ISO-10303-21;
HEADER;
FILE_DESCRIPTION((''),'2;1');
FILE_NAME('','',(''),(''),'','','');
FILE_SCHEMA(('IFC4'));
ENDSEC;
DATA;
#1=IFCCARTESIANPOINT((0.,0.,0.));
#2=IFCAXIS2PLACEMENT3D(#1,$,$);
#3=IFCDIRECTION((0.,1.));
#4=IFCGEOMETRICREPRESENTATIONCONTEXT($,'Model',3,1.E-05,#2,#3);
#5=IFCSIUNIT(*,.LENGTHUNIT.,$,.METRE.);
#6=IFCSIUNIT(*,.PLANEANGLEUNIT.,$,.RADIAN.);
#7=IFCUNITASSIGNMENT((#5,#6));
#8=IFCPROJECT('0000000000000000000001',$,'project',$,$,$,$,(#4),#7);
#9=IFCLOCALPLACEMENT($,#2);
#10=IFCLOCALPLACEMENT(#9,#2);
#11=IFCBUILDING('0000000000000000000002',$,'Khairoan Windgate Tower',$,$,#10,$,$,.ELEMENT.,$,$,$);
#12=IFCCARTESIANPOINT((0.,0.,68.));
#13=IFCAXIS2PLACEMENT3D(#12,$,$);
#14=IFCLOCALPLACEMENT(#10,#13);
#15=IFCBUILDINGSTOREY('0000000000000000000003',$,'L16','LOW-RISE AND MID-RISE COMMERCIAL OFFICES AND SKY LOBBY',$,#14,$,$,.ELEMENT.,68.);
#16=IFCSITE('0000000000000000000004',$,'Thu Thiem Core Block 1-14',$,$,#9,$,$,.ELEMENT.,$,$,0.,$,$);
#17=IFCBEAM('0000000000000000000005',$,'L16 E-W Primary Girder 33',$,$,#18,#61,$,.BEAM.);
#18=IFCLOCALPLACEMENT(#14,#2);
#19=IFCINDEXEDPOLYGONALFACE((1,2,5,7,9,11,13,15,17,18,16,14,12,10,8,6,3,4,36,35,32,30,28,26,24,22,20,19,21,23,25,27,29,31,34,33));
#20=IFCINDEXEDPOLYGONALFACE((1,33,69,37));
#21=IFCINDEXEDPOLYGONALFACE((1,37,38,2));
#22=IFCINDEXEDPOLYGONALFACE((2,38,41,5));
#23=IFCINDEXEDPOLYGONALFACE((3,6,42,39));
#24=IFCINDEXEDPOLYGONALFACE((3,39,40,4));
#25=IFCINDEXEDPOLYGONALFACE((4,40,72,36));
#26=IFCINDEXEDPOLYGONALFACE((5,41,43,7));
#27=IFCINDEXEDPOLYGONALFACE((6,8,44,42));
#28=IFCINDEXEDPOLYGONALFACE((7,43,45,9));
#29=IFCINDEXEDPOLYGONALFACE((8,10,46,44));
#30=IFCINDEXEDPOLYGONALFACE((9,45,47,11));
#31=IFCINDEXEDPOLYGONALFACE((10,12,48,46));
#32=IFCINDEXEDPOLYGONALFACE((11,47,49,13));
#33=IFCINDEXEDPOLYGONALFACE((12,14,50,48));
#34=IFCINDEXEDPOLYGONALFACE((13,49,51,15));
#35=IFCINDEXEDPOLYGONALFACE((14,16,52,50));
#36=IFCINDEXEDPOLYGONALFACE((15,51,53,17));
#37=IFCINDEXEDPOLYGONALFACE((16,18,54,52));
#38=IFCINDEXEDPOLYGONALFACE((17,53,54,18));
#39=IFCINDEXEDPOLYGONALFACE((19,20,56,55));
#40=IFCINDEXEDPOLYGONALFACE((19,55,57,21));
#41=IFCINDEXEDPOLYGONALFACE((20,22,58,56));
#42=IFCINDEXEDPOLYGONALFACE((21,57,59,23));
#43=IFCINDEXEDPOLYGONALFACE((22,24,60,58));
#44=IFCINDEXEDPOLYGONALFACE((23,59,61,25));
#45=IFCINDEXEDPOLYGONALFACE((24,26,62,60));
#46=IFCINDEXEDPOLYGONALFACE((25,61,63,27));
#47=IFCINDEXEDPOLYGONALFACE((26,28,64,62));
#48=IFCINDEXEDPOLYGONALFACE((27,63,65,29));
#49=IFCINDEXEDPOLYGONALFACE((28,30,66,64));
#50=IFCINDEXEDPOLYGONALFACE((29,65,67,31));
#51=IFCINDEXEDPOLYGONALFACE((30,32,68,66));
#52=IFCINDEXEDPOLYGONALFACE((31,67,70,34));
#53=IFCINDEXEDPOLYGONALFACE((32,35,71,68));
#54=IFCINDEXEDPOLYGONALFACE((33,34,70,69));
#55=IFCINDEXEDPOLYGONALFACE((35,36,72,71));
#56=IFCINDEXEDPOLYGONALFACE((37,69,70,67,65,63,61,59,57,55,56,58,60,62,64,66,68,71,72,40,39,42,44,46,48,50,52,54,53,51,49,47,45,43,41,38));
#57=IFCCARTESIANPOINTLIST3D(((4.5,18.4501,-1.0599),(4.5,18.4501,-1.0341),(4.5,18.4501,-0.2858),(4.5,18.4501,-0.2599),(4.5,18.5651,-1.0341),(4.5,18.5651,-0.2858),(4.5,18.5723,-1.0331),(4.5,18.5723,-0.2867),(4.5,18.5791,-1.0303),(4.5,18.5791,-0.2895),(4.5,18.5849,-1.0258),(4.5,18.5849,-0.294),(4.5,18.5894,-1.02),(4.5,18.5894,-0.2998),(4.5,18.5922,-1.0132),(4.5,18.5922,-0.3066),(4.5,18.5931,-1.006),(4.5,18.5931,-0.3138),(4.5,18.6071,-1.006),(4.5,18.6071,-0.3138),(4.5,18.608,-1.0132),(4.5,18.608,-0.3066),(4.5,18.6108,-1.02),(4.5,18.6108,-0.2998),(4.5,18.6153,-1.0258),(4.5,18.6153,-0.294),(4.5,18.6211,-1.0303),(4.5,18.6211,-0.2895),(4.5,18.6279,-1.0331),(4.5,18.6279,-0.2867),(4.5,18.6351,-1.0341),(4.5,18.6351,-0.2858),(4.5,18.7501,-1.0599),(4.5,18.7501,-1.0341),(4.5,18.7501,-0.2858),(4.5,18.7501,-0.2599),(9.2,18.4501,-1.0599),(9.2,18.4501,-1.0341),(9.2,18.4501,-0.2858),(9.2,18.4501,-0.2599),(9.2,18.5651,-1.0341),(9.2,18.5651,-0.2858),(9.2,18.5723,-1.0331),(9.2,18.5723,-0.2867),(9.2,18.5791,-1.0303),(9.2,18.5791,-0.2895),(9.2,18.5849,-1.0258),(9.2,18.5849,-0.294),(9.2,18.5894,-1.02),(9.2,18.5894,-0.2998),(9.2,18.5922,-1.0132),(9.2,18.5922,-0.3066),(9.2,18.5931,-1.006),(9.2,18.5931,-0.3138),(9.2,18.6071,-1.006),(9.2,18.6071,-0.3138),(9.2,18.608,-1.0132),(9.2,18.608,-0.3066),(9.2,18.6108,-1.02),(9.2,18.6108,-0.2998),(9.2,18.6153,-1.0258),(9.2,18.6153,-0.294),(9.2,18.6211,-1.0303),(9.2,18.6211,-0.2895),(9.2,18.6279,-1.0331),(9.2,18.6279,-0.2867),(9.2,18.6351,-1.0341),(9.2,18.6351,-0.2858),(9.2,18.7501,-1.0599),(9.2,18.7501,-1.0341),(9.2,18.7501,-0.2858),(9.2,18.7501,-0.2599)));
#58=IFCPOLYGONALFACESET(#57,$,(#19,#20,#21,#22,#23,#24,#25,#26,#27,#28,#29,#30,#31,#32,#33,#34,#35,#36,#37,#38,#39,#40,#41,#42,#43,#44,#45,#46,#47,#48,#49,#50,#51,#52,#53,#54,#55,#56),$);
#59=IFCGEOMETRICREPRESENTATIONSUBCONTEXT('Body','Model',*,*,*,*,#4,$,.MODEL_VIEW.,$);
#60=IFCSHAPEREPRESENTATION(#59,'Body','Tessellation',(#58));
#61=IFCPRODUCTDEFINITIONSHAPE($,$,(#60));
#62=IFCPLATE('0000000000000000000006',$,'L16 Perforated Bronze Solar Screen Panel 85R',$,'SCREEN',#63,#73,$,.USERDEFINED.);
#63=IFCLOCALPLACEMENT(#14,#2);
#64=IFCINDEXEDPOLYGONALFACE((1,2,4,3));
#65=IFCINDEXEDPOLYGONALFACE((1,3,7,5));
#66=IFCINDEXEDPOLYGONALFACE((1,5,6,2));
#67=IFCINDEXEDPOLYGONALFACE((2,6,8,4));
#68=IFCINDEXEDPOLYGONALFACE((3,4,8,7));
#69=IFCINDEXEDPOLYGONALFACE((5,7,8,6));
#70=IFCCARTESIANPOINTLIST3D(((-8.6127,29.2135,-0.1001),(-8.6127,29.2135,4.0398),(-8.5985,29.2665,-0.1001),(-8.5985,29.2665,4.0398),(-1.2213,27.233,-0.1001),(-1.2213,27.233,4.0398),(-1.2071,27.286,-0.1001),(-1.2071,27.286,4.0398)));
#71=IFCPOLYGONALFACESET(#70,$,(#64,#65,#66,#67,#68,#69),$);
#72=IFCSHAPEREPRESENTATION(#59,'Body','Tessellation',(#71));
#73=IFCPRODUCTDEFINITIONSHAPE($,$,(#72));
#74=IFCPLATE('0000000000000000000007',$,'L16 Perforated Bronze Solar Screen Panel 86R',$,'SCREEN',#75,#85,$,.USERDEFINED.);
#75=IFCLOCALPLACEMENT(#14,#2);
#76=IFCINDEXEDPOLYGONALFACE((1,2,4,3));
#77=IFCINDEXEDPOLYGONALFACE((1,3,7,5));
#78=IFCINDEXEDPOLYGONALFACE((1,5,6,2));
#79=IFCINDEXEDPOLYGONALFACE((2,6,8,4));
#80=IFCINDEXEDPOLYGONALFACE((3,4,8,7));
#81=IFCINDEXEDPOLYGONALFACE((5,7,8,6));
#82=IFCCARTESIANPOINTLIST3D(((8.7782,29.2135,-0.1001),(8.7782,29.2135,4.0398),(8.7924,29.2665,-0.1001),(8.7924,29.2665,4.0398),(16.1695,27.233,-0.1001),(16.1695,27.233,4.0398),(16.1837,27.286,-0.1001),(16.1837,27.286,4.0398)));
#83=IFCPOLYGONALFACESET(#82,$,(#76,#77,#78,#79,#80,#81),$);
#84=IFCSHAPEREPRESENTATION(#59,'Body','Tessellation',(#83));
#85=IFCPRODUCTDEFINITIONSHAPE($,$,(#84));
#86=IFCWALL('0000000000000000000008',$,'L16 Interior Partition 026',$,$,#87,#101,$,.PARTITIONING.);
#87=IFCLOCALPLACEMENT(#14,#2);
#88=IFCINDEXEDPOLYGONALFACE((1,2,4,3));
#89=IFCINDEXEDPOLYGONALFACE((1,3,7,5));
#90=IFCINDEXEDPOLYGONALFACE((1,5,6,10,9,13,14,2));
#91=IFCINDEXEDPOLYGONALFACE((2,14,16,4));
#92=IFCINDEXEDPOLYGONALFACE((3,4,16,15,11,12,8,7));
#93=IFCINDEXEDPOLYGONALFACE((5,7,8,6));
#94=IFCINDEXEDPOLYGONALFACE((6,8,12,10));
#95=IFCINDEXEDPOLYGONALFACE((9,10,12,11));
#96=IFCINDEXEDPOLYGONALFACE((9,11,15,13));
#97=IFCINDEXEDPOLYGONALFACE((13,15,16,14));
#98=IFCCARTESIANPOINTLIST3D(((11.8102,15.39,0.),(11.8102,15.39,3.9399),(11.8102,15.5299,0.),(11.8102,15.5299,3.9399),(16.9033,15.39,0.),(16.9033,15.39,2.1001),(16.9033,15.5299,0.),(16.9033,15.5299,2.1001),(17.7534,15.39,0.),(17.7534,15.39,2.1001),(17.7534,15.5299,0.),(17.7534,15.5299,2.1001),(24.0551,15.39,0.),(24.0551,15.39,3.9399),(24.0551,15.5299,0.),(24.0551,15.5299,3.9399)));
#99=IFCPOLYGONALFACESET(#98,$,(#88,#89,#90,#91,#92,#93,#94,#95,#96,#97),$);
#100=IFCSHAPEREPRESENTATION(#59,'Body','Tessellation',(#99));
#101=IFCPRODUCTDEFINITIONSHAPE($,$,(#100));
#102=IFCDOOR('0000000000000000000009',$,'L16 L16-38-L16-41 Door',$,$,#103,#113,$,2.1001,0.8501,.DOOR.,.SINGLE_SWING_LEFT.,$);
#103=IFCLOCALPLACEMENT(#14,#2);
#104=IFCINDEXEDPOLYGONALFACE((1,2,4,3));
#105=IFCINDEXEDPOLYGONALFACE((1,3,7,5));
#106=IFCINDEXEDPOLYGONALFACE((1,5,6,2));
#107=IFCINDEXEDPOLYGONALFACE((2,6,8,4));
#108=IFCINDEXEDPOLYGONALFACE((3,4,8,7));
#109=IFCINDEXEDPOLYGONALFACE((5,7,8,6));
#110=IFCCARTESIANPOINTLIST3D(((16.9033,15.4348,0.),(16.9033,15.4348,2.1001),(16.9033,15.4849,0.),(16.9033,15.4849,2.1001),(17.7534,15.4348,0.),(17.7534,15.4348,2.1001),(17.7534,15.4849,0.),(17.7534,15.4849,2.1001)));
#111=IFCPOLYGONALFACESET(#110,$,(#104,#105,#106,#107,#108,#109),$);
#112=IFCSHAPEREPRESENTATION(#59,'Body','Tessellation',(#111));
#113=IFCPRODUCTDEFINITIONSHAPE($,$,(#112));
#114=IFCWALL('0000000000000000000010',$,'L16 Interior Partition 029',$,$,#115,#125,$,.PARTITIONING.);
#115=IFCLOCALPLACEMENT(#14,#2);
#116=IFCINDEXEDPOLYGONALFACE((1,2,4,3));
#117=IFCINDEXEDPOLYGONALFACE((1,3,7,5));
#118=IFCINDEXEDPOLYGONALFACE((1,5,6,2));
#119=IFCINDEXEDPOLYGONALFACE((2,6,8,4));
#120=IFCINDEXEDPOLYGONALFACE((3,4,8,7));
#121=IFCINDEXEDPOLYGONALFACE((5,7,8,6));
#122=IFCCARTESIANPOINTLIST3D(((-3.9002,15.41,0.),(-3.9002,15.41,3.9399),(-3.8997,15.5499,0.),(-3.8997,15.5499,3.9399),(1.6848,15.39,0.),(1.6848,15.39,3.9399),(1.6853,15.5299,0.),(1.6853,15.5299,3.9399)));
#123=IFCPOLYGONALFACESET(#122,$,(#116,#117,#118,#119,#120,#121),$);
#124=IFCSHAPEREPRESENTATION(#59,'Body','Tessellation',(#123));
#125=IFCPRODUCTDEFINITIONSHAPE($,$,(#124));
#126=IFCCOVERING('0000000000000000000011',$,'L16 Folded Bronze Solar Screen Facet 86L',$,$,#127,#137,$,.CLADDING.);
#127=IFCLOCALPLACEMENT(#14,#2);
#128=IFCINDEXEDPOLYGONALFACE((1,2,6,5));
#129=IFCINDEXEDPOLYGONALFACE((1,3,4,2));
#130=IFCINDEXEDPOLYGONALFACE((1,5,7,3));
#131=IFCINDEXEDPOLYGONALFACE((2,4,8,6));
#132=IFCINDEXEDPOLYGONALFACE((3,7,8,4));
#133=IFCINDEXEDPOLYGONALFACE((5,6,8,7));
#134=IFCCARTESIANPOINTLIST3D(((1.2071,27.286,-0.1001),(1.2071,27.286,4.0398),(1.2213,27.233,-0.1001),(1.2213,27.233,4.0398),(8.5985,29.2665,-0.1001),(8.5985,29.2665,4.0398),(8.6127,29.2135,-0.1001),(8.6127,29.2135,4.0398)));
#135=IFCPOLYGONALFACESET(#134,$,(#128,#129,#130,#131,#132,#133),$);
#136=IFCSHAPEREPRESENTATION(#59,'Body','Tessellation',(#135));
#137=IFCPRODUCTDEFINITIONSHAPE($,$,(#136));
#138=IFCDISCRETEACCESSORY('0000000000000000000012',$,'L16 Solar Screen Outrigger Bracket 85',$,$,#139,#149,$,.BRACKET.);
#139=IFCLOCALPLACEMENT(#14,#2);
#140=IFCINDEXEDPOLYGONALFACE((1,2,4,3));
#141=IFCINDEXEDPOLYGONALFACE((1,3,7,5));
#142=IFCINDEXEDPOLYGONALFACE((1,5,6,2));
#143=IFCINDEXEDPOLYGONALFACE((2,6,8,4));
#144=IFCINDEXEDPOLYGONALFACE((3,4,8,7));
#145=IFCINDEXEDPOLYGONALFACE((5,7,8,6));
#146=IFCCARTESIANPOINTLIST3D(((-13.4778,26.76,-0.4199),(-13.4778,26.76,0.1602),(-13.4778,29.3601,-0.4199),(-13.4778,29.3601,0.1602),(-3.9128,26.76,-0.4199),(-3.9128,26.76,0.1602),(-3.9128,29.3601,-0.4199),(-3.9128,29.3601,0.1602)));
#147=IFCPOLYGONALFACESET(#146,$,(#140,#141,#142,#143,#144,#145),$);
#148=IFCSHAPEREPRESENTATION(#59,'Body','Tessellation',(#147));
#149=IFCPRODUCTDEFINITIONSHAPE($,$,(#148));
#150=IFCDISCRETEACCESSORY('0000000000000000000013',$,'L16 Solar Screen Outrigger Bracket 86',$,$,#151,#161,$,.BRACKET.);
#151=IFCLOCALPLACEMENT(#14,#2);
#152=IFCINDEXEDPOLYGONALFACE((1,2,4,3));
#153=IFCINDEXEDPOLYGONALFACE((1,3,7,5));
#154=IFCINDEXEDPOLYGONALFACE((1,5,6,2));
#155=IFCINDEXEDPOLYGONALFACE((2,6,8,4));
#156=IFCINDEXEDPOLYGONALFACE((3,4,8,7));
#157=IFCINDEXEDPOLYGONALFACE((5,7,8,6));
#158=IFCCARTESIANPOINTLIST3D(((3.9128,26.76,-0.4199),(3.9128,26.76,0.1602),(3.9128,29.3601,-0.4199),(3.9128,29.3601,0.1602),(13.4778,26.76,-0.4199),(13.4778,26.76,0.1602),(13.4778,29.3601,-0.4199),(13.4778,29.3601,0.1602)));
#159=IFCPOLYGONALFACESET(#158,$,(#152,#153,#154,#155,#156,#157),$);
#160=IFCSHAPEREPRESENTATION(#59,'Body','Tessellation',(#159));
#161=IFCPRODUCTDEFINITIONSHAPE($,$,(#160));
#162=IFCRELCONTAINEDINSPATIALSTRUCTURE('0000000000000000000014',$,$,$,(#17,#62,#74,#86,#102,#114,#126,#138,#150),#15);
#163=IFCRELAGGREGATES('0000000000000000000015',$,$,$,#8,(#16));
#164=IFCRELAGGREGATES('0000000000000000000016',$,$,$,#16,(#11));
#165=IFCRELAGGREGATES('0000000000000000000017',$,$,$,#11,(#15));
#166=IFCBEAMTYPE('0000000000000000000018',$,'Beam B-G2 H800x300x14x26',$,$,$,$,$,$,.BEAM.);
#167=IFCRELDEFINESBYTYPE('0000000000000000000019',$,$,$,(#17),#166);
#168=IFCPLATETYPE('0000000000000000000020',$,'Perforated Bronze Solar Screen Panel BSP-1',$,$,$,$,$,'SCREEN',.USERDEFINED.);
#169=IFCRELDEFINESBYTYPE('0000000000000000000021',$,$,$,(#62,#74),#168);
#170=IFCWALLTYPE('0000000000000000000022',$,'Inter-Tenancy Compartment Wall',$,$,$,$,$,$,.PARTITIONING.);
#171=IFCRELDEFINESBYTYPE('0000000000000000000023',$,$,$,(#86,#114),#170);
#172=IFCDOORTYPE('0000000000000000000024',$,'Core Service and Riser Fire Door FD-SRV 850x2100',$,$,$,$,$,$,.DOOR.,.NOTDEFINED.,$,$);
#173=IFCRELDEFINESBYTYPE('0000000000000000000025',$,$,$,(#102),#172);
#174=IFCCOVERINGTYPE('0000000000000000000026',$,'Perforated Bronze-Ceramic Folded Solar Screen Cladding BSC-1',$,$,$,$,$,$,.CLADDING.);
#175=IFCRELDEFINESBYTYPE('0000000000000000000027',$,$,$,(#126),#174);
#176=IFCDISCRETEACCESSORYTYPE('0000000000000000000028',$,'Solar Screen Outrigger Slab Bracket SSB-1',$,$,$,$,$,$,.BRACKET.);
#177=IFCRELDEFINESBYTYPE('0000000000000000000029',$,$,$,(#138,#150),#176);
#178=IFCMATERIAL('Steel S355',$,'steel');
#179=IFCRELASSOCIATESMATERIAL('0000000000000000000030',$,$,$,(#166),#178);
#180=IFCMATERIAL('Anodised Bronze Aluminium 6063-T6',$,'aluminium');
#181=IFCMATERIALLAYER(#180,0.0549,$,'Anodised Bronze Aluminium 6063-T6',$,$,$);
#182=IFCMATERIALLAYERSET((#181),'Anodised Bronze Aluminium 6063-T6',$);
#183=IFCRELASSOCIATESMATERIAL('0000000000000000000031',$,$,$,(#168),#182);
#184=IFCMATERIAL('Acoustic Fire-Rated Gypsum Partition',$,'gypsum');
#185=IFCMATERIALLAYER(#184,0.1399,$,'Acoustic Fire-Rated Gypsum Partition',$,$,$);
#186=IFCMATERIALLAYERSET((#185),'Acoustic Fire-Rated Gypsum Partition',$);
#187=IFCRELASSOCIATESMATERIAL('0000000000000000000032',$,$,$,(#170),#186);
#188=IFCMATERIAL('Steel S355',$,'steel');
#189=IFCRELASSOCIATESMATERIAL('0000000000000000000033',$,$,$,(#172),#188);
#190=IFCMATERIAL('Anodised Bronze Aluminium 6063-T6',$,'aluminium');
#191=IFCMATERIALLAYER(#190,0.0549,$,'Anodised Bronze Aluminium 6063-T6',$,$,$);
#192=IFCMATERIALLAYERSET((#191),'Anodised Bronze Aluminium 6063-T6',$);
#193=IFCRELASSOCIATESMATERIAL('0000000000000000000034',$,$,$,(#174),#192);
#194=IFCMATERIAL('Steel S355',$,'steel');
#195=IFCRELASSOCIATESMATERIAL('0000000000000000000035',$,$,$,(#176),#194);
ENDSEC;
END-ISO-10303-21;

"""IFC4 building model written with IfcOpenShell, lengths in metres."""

from ifc_helpers import new_model, si_unit, direction, frame, frame_2d, origin, origin_2d, place, context, subcontext, project, spatial, rectangle, i_section, extrude, material, layer, layer_set, material_profile, profile_set, type_object, element, fill, save


model = new_model("IFC4")

# Units and contexts
model_context = context("Model", 3, precision=1e-05, world=origin(), true_north=direction((0.0, 1.0)))
body_context = subcontext(model_context, "Body", "Model", "MODEL_VIEW")
ifc_project = project(units=[si_unit("LENGTHUNIT", "METRE"), si_unit("PLANEANGLEUNIT", "RADIAN")], contexts=[model_context])

# Site, building, storey
site_placement = place(None, origin())
site = spatial("IfcSite", under=ifc_project, at=site_placement, Name="Thu Thiem Core Block 1-14", CompositionType="ELEMENT", RefElevation=0.0)
building_placement = place(site_placement, origin())
building = spatial("IfcBuilding", under=site, at=building_placement, Name="Khairoan Windgate Tower", CompositionType="ELEMENT")
storey_placement = place(building_placement, frame((0.0, 0.0, 68.0)))
storey = spatial("IfcBuildingStorey", under=building, at=storey_placement, Name="L16", Description="LOW-RISE AND MID-RISE COMMERCIAL OFFICES AND SKY LOBBY", CompositionType="ELEMENT", Elevation=68.0)

# Beam
ifc_material_1 = material(Name="Steel S355", Category="steel")
ifc_material_profile_1 = material_profile(ifc_material_1, i_section(OverallWidth=0.3, OverallDepth=0.8, WebThickness=0.0139, FlangeThickness=0.0259, FilletRadius=0.0281, at=origin_2d()))
ifc_profile_set_1 = profile_set([ifc_material_profile_1], Name="Steel S355")
beam_type = type_object("IfcBeamType", Name="Beam B-G2 H800x300x14x26", PredefinedType="BEAM", material=ifc_profile_set_1)
beam_1_placement = place(storey_placement, frame((4.5, 18.6001, -0.6599), z_axis=(1.0, 0.0, 0.0), x_axis=(0.0, 1.0, 0.0)))
element("IfcBeam", 1, at=beam_1_placement, inside=storey, type_object=beam_type, Name="L16 E-W Primary Girder 33", PredefinedType="BEAM", context=body_context, shape_type="SweptSolid", body=[
    extrude(i_section(OverallWidth=0.3, OverallDepth=0.8, WebThickness=0.0139, FlangeThickness=0.0259, FilletRadius=0.0281, at=origin_2d()), origin(), (0.0, 0.0, 1.0), 4.7),
])

# Plates
ifc_material_2 = material(Name="Anodised Bronze Aluminium 6063-T6", Category="aluminium")
ifc_layer_1 = layer(ifc_material_2, 0.0549, Name="Anodised Bronze Aluminium 6063-T6")
ifc_layer_set_1 = layer_set([ifc_layer_1], Name="Anodised Bronze Aluminium 6063-T6")
plate_type = type_object("IfcPlateType", Name="Perforated Bronze Solar Screen Panel BSP-1", ElementType="SCREEN", PredefinedType="USERDEFINED", material=ifc_layer_set_1)
for number, where, z_axis, x_axis, name in (
    (2, (-4.9099, 28.2498, -0.1001), (0.0, 0.0, 1.0), (0.965926, -0.258819, 0.0), "L16 Perforated Bronze Solar Screen Panel 85R"),
    (3, (12.481, 28.2498, -0.1001), (0.0, 0.0, 1.0), (0.965926, -0.258819, 0.0), "L16 Perforated Bronze Solar Screen Panel 86R"),
):
    element("IfcPlate", number, at=place(storey_placement, frame(where, z_axis=z_axis, x_axis=x_axis)), inside=storey, type_object=plate_type, Name=name, ObjectType="SCREEN", PredefinedType="USERDEFINED", context=body_context, shape_type="SweptSolid", body=[
        extrude(rectangle(XDim=7.6521, YDim=0.0549, at=origin_2d()), origin(), (0.0, 0.0, 1.0), 4.1399),
    ])

# Wall, opening, door
ifc_material_3 = material(Name="Acoustic Fire-Rated Gypsum Partition", Category="gypsum")
ifc_layer_2 = layer(ifc_material_3, 0.1399, Name="Acoustic Fire-Rated Gypsum Partition")
ifc_layer_set_2 = layer_set([ifc_layer_2], Name="Acoustic Fire-Rated Gypsum Partition")
wall_type_1 = type_object("IfcWallType", Name="Inter-Tenancy Compartment Wall", PredefinedType="PARTITIONING", material=ifc_layer_set_2)
wall_1_placement = place(storey_placement, frame((11.8101, 15.46, 0.0), z_axis=(0.0, 0.0, 1.0), x_axis=(1.0, 0.0, 0.0)))
wall_1 = element("IfcWall", 4, at=wall_1_placement, inside=storey, type_object=wall_type_1, Name="L16 Interior Partition 026", PredefinedType="PARTITIONING", context=body_context, shape_type="SweptSolid", body=[
    extrude(rectangle(XDim=12.2449, YDim=0.1399, at=frame_2d((6.1226, 0.0))), origin(), (0.0, 0.0, 1.0), 3.9399),
])
opening_1_placement = place(wall_1_placement, frame((5.0933, 0.0, 0.0)))
opening_1 = element("IfcOpeningElement", 5, at=opening_1_placement, cuts=wall_1, PredefinedType="OPENING", context=body_context, shape_type="SweptSolid", body=[
    extrude(rectangle(XDim=0.8501, YDim=2.1001, at=frame_2d((0.425, 1.05))), frame((0.0, 0.0798, 0.0), z_axis=(0.0, -1.0, 0.0), x_axis=(1.0, 0.0, 0.0)), (0.0, 0.0, 1.0), 0.1599),
])
ifc_material_4 = material(Name="Steel S355", Category="steel")
door_type_1 = type_object("IfcDoorType", Name="Core Service and Riser Fire Door FD-SRV 850x2100", OperationType="NOTDEFINED", PredefinedType="DOOR", material=ifc_material_4)
door_1_placement = place(opening_1_placement, origin())
door_1 = element("IfcDoor", 6, at=door_1_placement, inside=storey, type_object=door_type_1, Name="L16 L16-38-L16-41 Door", OperationType="SINGLE_SWING_LEFT", OverallHeight=2.1001, OverallWidth=0.8501, PredefinedType="DOOR", context=body_context, shape_type="SweptSolid", body=[
    extrude(rectangle(XDim=0.8501, YDim=2.1001, at=frame_2d((0.425, 1.05))), frame((0.0, 0.0249, 0.0), z_axis=(0.0, -1.0, 0.0), x_axis=(1.0, 0.0, 0.0)), (0.0, 0.0, 1.0), 0.05),
])
fill(opening_1, door_1)

# Wall
wall_2_placement = place(storey_placement, frame((-3.8999, 15.48, 0.0), z_axis=(0.0, 0.0, 1.0), x_axis=(0.999994, -0.003585, 0.0)))
element("IfcWall", 7, at=wall_2_placement, inside=storey, type_object=wall_type_1, Name="L16 Interior Partition 029", PredefinedType="PARTITIONING", context=body_context, shape_type="SweptSolid", body=[
    extrude(rectangle(XDim=5.585, YDim=0.1399, at=frame_2d((2.7925, 0.0))), origin(), (0.0, 0.0, 1.0), 3.9399),
])

# Covering
ifc_material_5 = material(Name="Anodised Bronze Aluminium 6063-T6", Category="aluminium")
ifc_layer_3 = layer(ifc_material_5, 0.0549, Name="Anodised Bronze Aluminium 6063-T6")
ifc_layer_set_3 = layer_set([ifc_layer_3], Name="Anodised Bronze Aluminium 6063-T6")
covering_type = type_object("IfcCoveringType", Name="Perforated Bronze-Ceramic Folded Solar Screen Cladding BSC-1", PredefinedType="CLADDING", material=ifc_layer_set_3)
covering_placement = place(storey_placement, frame((4.9099, 28.2498, -0.1001), z_axis=(0.0, 0.0, 1.0), x_axis=(0.965926, 0.258819, 0.0)))
element("IfcCovering", 8, at=covering_placement, inside=storey, type_object=covering_type, Name="L16 Folded Bronze Solar Screen Facet 86L", PredefinedType="CLADDING", context=body_context, shape_type="SweptSolid", body=[
    extrude(rectangle(XDim=7.6521, YDim=0.0549, at=origin_2d()), origin(), (0.0, 0.0, 1.0), 4.1399),
])

# Discrete accessories
ifc_material_6 = material(Name="Steel S355", Category="steel")
discrete_accessory_type = type_object("IfcDiscreteAccessoryType", Name="Solar Screen Outrigger Slab Bracket SSB-1", PredefinedType="BRACKET", material=ifc_material_6)
for number, where, z_axis, x_axis, name in (
    (9, (-8.6953, 28.0601, -0.4199), (0.0, 0.0, 1.0), (1.0, 0.0, 0.0), "L16 Solar Screen Outrigger Bracket 85"),
    (10, (8.6953, 28.0601, -0.4199), (0.0, 0.0, 1.0), (1.0, 0.0, 0.0), "L16 Solar Screen Outrigger Bracket 86"),
):
    element("IfcDiscreteAccessory", number, at=place(storey_placement, frame(where, z_axis=z_axis, x_axis=x_axis)), inside=storey, type_object=discrete_accessory_type, Name=name, PredefinedType="BRACKET", context=body_context, shape_type="SweptSolid", body=[
        extrude(rectangle(XDim=9.5649, YDim=2.6001, at=origin_2d()), origin(), (0.0, 0.0, 1.0), 0.5801),
    ])

save(model, "model.ifc")
